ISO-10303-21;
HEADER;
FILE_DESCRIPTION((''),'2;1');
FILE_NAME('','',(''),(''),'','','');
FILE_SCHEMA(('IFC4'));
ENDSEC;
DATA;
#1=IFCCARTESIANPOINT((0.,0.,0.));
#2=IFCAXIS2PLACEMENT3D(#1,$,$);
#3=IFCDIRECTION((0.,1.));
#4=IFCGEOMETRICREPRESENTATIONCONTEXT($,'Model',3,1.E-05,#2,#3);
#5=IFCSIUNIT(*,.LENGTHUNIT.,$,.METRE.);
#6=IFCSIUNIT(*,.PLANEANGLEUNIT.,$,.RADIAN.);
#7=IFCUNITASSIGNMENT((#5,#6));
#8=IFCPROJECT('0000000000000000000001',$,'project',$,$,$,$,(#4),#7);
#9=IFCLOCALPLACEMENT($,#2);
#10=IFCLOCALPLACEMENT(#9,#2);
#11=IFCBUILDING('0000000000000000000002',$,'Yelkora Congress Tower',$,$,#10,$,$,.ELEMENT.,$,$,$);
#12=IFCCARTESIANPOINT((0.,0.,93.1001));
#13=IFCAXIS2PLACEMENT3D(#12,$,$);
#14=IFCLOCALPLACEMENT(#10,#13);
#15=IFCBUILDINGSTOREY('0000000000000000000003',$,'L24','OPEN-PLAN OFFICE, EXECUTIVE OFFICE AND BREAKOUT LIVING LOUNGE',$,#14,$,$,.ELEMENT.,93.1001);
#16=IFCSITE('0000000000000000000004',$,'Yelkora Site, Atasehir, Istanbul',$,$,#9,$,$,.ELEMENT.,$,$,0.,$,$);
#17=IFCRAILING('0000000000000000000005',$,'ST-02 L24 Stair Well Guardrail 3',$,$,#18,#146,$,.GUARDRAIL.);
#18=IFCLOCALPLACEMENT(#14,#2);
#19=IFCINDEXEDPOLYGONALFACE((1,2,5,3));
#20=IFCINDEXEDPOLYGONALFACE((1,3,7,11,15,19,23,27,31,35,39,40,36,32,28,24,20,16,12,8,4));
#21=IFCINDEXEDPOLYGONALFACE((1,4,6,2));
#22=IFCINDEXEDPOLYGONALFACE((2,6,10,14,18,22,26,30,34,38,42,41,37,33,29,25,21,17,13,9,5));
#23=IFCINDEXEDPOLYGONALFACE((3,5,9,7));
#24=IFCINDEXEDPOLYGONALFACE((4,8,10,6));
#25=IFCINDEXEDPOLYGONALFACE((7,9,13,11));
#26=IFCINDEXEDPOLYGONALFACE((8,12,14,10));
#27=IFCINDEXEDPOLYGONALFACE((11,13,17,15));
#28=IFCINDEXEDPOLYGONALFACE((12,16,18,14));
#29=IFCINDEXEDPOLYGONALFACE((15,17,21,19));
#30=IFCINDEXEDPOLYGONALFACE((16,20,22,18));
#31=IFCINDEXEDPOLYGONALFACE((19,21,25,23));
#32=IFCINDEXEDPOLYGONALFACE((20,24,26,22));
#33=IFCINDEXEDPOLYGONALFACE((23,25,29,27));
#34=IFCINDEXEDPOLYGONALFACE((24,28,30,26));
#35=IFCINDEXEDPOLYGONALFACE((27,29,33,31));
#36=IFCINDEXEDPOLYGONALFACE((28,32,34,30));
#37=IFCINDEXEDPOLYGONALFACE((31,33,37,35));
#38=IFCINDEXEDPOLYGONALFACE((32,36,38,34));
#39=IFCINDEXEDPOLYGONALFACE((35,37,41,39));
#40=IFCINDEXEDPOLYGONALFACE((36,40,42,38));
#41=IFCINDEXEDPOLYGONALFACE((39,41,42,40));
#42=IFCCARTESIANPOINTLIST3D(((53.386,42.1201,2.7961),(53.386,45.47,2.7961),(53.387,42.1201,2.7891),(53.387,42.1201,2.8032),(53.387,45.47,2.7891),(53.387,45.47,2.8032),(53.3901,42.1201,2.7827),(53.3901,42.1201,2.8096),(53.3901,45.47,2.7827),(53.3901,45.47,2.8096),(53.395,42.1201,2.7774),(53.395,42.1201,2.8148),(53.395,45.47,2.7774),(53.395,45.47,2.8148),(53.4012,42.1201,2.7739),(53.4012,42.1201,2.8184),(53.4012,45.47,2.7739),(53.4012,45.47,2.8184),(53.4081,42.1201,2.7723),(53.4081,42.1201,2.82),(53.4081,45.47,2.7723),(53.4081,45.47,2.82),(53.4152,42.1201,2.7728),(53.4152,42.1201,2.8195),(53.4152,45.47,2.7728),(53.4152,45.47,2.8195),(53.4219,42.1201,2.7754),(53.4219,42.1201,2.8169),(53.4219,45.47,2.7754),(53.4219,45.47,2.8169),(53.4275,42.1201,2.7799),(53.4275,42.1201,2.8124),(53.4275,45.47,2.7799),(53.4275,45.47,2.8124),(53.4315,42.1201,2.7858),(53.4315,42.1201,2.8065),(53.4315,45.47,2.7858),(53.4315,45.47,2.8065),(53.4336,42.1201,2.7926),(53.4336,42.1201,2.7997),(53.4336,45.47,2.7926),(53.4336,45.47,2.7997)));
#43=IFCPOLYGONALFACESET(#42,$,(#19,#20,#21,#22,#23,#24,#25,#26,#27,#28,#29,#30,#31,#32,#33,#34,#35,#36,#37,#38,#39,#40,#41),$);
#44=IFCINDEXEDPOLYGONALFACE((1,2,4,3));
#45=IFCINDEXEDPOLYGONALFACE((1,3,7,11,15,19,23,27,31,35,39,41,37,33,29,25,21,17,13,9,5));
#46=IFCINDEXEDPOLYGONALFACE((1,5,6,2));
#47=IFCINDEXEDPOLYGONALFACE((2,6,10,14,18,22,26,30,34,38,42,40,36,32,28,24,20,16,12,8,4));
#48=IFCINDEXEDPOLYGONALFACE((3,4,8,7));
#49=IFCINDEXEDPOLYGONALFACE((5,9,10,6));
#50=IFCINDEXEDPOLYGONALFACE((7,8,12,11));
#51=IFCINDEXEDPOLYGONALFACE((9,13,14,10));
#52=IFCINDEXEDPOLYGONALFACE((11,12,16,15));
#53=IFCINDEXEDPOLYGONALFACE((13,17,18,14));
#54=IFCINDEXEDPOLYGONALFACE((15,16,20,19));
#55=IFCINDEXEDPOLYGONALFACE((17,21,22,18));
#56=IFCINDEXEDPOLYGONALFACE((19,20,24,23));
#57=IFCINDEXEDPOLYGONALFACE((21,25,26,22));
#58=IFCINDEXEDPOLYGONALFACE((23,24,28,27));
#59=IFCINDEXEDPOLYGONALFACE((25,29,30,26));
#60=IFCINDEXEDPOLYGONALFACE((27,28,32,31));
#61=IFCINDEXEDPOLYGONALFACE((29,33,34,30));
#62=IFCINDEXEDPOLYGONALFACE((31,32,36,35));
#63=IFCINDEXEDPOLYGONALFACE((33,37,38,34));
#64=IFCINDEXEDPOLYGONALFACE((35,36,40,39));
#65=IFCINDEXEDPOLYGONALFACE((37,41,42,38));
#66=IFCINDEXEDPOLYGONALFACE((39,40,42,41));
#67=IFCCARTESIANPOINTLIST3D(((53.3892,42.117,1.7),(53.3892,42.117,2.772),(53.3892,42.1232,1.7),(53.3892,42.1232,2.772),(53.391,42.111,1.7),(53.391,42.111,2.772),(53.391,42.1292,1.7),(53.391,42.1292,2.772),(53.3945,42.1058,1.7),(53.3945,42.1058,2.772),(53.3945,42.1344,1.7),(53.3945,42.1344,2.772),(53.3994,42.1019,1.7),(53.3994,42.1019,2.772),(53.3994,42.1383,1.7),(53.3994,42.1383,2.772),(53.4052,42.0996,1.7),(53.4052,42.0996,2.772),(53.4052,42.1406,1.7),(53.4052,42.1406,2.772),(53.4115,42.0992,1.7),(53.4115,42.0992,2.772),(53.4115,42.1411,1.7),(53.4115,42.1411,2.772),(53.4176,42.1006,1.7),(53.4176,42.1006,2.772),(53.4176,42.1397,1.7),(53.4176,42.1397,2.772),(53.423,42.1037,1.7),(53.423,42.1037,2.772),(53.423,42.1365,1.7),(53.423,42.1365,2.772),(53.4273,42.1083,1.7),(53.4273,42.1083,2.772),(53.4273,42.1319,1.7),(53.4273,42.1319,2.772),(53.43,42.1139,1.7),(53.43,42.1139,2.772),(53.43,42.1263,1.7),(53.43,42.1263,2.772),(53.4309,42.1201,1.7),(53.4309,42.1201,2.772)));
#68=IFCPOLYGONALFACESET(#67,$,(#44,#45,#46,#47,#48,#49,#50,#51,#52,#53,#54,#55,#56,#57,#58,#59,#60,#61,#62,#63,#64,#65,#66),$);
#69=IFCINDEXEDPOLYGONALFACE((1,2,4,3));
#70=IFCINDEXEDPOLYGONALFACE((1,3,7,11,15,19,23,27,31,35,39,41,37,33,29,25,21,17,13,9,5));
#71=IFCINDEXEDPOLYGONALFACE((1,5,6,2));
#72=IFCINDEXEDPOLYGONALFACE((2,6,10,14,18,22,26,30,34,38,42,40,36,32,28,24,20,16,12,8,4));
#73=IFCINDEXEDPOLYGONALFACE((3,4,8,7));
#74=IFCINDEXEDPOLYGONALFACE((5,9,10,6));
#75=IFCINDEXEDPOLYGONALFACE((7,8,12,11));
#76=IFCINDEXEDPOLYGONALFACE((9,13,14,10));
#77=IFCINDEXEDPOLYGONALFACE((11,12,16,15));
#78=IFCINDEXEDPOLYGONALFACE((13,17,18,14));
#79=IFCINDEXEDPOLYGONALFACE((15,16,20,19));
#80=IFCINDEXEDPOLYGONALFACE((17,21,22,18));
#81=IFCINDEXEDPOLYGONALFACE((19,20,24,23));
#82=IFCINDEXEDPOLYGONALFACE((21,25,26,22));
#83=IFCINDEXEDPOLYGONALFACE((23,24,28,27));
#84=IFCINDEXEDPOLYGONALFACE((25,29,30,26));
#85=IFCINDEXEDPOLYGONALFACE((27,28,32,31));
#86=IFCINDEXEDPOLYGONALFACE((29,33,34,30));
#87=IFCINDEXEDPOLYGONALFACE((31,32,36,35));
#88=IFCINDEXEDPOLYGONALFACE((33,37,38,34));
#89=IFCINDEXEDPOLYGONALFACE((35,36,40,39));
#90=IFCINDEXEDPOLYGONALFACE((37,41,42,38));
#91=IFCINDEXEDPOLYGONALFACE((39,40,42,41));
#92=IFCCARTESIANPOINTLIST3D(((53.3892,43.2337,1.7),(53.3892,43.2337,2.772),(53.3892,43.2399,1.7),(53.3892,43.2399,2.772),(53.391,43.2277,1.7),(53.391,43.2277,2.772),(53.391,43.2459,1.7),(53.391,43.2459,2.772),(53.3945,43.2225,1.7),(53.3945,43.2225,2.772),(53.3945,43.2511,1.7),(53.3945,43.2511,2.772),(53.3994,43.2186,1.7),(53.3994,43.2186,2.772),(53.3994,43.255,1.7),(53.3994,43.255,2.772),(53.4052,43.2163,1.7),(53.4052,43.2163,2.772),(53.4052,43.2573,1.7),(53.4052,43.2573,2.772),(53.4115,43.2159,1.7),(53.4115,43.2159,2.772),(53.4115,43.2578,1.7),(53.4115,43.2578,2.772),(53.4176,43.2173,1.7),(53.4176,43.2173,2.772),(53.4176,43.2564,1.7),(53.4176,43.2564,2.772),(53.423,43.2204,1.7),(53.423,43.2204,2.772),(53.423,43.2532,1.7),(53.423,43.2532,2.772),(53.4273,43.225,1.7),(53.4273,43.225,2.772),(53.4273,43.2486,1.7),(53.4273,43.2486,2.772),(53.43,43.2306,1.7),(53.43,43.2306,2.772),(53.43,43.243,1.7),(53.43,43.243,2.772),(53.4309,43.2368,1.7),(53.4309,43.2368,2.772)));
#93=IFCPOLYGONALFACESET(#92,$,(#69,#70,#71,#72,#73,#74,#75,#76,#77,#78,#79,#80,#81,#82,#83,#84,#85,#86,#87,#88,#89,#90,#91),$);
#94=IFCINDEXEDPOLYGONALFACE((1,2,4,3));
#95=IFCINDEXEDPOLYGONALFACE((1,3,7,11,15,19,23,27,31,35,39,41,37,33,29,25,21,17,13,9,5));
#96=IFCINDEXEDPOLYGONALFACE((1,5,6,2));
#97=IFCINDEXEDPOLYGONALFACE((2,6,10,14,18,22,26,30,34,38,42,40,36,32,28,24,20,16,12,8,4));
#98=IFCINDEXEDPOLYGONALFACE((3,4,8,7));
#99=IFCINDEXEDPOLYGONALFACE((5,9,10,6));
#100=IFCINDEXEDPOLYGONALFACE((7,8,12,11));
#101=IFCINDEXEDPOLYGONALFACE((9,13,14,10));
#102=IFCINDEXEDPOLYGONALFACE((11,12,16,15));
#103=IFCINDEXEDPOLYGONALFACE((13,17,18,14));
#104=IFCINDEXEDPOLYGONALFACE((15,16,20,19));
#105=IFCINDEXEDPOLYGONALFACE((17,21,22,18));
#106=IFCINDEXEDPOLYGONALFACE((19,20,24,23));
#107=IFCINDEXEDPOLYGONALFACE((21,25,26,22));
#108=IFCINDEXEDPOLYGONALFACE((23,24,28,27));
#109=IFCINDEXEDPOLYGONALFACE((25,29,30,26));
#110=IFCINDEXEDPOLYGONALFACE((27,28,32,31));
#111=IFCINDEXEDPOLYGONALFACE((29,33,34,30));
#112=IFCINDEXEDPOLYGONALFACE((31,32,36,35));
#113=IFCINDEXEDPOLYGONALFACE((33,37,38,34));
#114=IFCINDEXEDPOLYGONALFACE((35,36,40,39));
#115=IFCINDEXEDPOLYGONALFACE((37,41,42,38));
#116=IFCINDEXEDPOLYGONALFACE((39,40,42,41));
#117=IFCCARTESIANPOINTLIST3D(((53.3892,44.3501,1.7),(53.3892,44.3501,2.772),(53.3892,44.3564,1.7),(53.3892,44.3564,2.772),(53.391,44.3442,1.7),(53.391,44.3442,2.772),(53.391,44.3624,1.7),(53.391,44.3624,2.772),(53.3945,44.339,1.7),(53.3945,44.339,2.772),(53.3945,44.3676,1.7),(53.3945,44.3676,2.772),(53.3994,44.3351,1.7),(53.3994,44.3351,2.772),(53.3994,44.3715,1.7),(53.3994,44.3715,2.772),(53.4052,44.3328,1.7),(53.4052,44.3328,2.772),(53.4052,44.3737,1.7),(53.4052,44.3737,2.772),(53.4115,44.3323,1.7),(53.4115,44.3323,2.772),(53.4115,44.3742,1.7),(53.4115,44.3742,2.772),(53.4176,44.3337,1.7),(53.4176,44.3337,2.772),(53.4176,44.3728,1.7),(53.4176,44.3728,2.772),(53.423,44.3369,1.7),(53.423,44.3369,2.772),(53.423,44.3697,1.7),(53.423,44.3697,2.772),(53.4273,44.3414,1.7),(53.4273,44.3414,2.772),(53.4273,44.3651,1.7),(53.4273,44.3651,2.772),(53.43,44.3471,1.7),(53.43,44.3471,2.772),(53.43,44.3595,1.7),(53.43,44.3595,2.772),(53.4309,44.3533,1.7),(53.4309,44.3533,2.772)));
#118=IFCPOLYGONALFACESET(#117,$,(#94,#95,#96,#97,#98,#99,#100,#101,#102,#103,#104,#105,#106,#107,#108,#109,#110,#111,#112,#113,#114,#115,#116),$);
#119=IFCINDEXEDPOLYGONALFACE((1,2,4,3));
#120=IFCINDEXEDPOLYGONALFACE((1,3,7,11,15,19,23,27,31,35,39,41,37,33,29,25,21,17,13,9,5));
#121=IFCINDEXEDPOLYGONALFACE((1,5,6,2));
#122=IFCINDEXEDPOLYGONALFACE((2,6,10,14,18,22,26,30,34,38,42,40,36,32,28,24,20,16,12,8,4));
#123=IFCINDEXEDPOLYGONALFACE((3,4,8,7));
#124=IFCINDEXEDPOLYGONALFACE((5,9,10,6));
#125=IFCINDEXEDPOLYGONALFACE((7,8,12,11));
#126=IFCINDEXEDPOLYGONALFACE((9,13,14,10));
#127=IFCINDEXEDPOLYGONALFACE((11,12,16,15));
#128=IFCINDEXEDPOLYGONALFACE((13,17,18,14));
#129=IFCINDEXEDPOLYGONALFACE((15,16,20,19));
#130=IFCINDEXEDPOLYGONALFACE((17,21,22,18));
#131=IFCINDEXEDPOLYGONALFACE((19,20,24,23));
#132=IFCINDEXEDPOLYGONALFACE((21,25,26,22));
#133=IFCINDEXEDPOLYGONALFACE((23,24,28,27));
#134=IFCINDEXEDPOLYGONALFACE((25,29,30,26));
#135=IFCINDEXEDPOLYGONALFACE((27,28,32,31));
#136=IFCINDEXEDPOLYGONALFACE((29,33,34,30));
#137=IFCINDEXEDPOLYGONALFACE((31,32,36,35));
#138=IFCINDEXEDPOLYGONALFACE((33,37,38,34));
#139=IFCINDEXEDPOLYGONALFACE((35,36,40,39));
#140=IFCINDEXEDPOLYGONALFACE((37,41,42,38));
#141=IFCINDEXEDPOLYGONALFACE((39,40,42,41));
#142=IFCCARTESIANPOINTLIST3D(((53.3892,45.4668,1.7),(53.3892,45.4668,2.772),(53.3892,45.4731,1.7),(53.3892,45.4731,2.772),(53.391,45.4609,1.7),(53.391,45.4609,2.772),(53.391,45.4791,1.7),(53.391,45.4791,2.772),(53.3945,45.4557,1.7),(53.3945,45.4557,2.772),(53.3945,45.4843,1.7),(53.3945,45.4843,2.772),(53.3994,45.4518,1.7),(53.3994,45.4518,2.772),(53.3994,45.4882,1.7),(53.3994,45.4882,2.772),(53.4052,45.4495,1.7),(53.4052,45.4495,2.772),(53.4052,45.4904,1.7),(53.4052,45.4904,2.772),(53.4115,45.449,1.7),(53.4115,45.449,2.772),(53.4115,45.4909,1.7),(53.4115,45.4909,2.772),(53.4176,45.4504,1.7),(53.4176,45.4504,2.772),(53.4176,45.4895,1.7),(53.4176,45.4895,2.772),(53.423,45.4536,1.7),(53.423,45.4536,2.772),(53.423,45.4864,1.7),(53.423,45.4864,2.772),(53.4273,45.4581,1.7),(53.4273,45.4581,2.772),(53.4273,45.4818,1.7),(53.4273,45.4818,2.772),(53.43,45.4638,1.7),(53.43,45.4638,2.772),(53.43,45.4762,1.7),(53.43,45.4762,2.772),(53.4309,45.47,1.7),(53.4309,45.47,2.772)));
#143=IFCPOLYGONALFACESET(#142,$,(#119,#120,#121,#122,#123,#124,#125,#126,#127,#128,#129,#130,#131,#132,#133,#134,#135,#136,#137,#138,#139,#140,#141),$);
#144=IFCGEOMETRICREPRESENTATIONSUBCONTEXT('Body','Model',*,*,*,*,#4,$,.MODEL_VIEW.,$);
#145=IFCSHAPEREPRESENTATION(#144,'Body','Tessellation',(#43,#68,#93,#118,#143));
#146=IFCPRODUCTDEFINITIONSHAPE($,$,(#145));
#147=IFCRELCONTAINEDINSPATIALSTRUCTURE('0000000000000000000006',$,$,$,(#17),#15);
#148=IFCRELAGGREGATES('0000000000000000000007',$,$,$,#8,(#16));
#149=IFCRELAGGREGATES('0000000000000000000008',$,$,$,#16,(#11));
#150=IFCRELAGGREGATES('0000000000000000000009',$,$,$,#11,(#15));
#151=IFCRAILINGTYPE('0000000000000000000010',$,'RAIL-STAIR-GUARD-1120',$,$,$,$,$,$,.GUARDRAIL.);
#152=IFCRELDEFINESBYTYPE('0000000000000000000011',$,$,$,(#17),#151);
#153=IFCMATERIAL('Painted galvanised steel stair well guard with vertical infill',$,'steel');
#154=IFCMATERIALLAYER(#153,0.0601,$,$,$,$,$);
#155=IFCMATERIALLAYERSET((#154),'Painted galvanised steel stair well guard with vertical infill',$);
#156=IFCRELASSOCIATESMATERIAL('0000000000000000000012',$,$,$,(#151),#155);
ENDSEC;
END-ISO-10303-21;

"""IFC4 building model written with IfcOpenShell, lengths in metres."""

from ifc_helpers import new_model, si_unit, direction, frame, origin, origin_2d, place, context, subcontext, project, spatial, circle, extrude, material, layer, layer_set, type_object, element, save


model = new_model("IFC4")

# Units and contexts
model_context = context("Model", 3, precision=1e-05, world=origin(), true_north=direction((0.0, 1.0)))
body_context = subcontext(model_context, "Body", "Model", "MODEL_VIEW")
ifc_project = project(units=[si_unit("LENGTHUNIT", "METRE"), si_unit("PLANEANGLEUNIT", "RADIAN")], contexts=[model_context])

# Site, building, storey
site_placement = place(None, origin())
site = spatial("IfcSite", under=ifc_project, at=site_placement, Name="Yelkora Site, Atasehir, Istanbul", CompositionType="ELEMENT", RefElevation=0.0)
building_placement = place(site_placement, origin())
building = spatial("IfcBuilding", under=site, at=building_placement, Name="Yelkora Congress Tower", CompositionType="ELEMENT")
storey_placement = place(building_placement, frame((0.0, 0.0, 93.1001)))
storey = spatial("IfcBuildingStorey", under=building, at=storey_placement, Name="L24", Description="OPEN-PLAN OFFICE, EXECUTIVE OFFICE AND BREAKOUT LIVING LOUNGE", CompositionType="ELEMENT", Elevation=93.1001)

# Railing
ifc_material_1 = material(Name="Painted galvanised steel stair well guard with vertical infill", Category="steel")
ifc_layer_1 = layer(ifc_material_1, 0.0601)
ifc_layer_set_1 = layer_set([ifc_layer_1], Name="Painted galvanised steel stair well guard with vertical infill")
railing_type_1 = type_object("IfcRailingType", Name="RAIL-STAIR-GUARD-1120", PredefinedType="GUARDRAIL", material=ifc_layer_set_1)
for number, where, name in (
    (1, (53.4099, 42.1201, 1.7), "ST-02 L24 Stair Well Guardrail 3"),
):
    element("IfcRailing", number, at=place(storey_placement, frame(where)), inside=storey, type_object=railing_type_1, Name=name, PredefinedType="GUARDRAIL", context=body_context, shape_type="SweptSolid", body=[
        extrude(circle(Radius=0.0239, at=origin_2d()), frame((0.0, 0.0, 1.0962), z_axis=(0.0, 1.0, 0.0), x_axis=(-1.0, 0.0, 0.0)), (0.0, 0.0, 1.0), 3.3499),
        extrude(circle(Radius=0.021, at=origin_2d()), origin(), (0.0, 0.0, 1.0), 1.072),
        extrude(circle(Radius=0.021, at=origin_2d()), frame((0.0, 1.1167, 0.0)), (0.0, 0.0, 1.0), 1.072),
        extrude(circle(Radius=0.021, at=origin_2d()), frame((0.0, 2.2332, 0.0)), (0.0, 0.0, 1.0), 1.072),
        extrude(circle(Radius=0.021, at=origin_2d()), frame((0.0, 3.3499, 0.0)), (0.0, 0.0, 1.0), 1.072),
    ])

save(model, "model.ifc")
